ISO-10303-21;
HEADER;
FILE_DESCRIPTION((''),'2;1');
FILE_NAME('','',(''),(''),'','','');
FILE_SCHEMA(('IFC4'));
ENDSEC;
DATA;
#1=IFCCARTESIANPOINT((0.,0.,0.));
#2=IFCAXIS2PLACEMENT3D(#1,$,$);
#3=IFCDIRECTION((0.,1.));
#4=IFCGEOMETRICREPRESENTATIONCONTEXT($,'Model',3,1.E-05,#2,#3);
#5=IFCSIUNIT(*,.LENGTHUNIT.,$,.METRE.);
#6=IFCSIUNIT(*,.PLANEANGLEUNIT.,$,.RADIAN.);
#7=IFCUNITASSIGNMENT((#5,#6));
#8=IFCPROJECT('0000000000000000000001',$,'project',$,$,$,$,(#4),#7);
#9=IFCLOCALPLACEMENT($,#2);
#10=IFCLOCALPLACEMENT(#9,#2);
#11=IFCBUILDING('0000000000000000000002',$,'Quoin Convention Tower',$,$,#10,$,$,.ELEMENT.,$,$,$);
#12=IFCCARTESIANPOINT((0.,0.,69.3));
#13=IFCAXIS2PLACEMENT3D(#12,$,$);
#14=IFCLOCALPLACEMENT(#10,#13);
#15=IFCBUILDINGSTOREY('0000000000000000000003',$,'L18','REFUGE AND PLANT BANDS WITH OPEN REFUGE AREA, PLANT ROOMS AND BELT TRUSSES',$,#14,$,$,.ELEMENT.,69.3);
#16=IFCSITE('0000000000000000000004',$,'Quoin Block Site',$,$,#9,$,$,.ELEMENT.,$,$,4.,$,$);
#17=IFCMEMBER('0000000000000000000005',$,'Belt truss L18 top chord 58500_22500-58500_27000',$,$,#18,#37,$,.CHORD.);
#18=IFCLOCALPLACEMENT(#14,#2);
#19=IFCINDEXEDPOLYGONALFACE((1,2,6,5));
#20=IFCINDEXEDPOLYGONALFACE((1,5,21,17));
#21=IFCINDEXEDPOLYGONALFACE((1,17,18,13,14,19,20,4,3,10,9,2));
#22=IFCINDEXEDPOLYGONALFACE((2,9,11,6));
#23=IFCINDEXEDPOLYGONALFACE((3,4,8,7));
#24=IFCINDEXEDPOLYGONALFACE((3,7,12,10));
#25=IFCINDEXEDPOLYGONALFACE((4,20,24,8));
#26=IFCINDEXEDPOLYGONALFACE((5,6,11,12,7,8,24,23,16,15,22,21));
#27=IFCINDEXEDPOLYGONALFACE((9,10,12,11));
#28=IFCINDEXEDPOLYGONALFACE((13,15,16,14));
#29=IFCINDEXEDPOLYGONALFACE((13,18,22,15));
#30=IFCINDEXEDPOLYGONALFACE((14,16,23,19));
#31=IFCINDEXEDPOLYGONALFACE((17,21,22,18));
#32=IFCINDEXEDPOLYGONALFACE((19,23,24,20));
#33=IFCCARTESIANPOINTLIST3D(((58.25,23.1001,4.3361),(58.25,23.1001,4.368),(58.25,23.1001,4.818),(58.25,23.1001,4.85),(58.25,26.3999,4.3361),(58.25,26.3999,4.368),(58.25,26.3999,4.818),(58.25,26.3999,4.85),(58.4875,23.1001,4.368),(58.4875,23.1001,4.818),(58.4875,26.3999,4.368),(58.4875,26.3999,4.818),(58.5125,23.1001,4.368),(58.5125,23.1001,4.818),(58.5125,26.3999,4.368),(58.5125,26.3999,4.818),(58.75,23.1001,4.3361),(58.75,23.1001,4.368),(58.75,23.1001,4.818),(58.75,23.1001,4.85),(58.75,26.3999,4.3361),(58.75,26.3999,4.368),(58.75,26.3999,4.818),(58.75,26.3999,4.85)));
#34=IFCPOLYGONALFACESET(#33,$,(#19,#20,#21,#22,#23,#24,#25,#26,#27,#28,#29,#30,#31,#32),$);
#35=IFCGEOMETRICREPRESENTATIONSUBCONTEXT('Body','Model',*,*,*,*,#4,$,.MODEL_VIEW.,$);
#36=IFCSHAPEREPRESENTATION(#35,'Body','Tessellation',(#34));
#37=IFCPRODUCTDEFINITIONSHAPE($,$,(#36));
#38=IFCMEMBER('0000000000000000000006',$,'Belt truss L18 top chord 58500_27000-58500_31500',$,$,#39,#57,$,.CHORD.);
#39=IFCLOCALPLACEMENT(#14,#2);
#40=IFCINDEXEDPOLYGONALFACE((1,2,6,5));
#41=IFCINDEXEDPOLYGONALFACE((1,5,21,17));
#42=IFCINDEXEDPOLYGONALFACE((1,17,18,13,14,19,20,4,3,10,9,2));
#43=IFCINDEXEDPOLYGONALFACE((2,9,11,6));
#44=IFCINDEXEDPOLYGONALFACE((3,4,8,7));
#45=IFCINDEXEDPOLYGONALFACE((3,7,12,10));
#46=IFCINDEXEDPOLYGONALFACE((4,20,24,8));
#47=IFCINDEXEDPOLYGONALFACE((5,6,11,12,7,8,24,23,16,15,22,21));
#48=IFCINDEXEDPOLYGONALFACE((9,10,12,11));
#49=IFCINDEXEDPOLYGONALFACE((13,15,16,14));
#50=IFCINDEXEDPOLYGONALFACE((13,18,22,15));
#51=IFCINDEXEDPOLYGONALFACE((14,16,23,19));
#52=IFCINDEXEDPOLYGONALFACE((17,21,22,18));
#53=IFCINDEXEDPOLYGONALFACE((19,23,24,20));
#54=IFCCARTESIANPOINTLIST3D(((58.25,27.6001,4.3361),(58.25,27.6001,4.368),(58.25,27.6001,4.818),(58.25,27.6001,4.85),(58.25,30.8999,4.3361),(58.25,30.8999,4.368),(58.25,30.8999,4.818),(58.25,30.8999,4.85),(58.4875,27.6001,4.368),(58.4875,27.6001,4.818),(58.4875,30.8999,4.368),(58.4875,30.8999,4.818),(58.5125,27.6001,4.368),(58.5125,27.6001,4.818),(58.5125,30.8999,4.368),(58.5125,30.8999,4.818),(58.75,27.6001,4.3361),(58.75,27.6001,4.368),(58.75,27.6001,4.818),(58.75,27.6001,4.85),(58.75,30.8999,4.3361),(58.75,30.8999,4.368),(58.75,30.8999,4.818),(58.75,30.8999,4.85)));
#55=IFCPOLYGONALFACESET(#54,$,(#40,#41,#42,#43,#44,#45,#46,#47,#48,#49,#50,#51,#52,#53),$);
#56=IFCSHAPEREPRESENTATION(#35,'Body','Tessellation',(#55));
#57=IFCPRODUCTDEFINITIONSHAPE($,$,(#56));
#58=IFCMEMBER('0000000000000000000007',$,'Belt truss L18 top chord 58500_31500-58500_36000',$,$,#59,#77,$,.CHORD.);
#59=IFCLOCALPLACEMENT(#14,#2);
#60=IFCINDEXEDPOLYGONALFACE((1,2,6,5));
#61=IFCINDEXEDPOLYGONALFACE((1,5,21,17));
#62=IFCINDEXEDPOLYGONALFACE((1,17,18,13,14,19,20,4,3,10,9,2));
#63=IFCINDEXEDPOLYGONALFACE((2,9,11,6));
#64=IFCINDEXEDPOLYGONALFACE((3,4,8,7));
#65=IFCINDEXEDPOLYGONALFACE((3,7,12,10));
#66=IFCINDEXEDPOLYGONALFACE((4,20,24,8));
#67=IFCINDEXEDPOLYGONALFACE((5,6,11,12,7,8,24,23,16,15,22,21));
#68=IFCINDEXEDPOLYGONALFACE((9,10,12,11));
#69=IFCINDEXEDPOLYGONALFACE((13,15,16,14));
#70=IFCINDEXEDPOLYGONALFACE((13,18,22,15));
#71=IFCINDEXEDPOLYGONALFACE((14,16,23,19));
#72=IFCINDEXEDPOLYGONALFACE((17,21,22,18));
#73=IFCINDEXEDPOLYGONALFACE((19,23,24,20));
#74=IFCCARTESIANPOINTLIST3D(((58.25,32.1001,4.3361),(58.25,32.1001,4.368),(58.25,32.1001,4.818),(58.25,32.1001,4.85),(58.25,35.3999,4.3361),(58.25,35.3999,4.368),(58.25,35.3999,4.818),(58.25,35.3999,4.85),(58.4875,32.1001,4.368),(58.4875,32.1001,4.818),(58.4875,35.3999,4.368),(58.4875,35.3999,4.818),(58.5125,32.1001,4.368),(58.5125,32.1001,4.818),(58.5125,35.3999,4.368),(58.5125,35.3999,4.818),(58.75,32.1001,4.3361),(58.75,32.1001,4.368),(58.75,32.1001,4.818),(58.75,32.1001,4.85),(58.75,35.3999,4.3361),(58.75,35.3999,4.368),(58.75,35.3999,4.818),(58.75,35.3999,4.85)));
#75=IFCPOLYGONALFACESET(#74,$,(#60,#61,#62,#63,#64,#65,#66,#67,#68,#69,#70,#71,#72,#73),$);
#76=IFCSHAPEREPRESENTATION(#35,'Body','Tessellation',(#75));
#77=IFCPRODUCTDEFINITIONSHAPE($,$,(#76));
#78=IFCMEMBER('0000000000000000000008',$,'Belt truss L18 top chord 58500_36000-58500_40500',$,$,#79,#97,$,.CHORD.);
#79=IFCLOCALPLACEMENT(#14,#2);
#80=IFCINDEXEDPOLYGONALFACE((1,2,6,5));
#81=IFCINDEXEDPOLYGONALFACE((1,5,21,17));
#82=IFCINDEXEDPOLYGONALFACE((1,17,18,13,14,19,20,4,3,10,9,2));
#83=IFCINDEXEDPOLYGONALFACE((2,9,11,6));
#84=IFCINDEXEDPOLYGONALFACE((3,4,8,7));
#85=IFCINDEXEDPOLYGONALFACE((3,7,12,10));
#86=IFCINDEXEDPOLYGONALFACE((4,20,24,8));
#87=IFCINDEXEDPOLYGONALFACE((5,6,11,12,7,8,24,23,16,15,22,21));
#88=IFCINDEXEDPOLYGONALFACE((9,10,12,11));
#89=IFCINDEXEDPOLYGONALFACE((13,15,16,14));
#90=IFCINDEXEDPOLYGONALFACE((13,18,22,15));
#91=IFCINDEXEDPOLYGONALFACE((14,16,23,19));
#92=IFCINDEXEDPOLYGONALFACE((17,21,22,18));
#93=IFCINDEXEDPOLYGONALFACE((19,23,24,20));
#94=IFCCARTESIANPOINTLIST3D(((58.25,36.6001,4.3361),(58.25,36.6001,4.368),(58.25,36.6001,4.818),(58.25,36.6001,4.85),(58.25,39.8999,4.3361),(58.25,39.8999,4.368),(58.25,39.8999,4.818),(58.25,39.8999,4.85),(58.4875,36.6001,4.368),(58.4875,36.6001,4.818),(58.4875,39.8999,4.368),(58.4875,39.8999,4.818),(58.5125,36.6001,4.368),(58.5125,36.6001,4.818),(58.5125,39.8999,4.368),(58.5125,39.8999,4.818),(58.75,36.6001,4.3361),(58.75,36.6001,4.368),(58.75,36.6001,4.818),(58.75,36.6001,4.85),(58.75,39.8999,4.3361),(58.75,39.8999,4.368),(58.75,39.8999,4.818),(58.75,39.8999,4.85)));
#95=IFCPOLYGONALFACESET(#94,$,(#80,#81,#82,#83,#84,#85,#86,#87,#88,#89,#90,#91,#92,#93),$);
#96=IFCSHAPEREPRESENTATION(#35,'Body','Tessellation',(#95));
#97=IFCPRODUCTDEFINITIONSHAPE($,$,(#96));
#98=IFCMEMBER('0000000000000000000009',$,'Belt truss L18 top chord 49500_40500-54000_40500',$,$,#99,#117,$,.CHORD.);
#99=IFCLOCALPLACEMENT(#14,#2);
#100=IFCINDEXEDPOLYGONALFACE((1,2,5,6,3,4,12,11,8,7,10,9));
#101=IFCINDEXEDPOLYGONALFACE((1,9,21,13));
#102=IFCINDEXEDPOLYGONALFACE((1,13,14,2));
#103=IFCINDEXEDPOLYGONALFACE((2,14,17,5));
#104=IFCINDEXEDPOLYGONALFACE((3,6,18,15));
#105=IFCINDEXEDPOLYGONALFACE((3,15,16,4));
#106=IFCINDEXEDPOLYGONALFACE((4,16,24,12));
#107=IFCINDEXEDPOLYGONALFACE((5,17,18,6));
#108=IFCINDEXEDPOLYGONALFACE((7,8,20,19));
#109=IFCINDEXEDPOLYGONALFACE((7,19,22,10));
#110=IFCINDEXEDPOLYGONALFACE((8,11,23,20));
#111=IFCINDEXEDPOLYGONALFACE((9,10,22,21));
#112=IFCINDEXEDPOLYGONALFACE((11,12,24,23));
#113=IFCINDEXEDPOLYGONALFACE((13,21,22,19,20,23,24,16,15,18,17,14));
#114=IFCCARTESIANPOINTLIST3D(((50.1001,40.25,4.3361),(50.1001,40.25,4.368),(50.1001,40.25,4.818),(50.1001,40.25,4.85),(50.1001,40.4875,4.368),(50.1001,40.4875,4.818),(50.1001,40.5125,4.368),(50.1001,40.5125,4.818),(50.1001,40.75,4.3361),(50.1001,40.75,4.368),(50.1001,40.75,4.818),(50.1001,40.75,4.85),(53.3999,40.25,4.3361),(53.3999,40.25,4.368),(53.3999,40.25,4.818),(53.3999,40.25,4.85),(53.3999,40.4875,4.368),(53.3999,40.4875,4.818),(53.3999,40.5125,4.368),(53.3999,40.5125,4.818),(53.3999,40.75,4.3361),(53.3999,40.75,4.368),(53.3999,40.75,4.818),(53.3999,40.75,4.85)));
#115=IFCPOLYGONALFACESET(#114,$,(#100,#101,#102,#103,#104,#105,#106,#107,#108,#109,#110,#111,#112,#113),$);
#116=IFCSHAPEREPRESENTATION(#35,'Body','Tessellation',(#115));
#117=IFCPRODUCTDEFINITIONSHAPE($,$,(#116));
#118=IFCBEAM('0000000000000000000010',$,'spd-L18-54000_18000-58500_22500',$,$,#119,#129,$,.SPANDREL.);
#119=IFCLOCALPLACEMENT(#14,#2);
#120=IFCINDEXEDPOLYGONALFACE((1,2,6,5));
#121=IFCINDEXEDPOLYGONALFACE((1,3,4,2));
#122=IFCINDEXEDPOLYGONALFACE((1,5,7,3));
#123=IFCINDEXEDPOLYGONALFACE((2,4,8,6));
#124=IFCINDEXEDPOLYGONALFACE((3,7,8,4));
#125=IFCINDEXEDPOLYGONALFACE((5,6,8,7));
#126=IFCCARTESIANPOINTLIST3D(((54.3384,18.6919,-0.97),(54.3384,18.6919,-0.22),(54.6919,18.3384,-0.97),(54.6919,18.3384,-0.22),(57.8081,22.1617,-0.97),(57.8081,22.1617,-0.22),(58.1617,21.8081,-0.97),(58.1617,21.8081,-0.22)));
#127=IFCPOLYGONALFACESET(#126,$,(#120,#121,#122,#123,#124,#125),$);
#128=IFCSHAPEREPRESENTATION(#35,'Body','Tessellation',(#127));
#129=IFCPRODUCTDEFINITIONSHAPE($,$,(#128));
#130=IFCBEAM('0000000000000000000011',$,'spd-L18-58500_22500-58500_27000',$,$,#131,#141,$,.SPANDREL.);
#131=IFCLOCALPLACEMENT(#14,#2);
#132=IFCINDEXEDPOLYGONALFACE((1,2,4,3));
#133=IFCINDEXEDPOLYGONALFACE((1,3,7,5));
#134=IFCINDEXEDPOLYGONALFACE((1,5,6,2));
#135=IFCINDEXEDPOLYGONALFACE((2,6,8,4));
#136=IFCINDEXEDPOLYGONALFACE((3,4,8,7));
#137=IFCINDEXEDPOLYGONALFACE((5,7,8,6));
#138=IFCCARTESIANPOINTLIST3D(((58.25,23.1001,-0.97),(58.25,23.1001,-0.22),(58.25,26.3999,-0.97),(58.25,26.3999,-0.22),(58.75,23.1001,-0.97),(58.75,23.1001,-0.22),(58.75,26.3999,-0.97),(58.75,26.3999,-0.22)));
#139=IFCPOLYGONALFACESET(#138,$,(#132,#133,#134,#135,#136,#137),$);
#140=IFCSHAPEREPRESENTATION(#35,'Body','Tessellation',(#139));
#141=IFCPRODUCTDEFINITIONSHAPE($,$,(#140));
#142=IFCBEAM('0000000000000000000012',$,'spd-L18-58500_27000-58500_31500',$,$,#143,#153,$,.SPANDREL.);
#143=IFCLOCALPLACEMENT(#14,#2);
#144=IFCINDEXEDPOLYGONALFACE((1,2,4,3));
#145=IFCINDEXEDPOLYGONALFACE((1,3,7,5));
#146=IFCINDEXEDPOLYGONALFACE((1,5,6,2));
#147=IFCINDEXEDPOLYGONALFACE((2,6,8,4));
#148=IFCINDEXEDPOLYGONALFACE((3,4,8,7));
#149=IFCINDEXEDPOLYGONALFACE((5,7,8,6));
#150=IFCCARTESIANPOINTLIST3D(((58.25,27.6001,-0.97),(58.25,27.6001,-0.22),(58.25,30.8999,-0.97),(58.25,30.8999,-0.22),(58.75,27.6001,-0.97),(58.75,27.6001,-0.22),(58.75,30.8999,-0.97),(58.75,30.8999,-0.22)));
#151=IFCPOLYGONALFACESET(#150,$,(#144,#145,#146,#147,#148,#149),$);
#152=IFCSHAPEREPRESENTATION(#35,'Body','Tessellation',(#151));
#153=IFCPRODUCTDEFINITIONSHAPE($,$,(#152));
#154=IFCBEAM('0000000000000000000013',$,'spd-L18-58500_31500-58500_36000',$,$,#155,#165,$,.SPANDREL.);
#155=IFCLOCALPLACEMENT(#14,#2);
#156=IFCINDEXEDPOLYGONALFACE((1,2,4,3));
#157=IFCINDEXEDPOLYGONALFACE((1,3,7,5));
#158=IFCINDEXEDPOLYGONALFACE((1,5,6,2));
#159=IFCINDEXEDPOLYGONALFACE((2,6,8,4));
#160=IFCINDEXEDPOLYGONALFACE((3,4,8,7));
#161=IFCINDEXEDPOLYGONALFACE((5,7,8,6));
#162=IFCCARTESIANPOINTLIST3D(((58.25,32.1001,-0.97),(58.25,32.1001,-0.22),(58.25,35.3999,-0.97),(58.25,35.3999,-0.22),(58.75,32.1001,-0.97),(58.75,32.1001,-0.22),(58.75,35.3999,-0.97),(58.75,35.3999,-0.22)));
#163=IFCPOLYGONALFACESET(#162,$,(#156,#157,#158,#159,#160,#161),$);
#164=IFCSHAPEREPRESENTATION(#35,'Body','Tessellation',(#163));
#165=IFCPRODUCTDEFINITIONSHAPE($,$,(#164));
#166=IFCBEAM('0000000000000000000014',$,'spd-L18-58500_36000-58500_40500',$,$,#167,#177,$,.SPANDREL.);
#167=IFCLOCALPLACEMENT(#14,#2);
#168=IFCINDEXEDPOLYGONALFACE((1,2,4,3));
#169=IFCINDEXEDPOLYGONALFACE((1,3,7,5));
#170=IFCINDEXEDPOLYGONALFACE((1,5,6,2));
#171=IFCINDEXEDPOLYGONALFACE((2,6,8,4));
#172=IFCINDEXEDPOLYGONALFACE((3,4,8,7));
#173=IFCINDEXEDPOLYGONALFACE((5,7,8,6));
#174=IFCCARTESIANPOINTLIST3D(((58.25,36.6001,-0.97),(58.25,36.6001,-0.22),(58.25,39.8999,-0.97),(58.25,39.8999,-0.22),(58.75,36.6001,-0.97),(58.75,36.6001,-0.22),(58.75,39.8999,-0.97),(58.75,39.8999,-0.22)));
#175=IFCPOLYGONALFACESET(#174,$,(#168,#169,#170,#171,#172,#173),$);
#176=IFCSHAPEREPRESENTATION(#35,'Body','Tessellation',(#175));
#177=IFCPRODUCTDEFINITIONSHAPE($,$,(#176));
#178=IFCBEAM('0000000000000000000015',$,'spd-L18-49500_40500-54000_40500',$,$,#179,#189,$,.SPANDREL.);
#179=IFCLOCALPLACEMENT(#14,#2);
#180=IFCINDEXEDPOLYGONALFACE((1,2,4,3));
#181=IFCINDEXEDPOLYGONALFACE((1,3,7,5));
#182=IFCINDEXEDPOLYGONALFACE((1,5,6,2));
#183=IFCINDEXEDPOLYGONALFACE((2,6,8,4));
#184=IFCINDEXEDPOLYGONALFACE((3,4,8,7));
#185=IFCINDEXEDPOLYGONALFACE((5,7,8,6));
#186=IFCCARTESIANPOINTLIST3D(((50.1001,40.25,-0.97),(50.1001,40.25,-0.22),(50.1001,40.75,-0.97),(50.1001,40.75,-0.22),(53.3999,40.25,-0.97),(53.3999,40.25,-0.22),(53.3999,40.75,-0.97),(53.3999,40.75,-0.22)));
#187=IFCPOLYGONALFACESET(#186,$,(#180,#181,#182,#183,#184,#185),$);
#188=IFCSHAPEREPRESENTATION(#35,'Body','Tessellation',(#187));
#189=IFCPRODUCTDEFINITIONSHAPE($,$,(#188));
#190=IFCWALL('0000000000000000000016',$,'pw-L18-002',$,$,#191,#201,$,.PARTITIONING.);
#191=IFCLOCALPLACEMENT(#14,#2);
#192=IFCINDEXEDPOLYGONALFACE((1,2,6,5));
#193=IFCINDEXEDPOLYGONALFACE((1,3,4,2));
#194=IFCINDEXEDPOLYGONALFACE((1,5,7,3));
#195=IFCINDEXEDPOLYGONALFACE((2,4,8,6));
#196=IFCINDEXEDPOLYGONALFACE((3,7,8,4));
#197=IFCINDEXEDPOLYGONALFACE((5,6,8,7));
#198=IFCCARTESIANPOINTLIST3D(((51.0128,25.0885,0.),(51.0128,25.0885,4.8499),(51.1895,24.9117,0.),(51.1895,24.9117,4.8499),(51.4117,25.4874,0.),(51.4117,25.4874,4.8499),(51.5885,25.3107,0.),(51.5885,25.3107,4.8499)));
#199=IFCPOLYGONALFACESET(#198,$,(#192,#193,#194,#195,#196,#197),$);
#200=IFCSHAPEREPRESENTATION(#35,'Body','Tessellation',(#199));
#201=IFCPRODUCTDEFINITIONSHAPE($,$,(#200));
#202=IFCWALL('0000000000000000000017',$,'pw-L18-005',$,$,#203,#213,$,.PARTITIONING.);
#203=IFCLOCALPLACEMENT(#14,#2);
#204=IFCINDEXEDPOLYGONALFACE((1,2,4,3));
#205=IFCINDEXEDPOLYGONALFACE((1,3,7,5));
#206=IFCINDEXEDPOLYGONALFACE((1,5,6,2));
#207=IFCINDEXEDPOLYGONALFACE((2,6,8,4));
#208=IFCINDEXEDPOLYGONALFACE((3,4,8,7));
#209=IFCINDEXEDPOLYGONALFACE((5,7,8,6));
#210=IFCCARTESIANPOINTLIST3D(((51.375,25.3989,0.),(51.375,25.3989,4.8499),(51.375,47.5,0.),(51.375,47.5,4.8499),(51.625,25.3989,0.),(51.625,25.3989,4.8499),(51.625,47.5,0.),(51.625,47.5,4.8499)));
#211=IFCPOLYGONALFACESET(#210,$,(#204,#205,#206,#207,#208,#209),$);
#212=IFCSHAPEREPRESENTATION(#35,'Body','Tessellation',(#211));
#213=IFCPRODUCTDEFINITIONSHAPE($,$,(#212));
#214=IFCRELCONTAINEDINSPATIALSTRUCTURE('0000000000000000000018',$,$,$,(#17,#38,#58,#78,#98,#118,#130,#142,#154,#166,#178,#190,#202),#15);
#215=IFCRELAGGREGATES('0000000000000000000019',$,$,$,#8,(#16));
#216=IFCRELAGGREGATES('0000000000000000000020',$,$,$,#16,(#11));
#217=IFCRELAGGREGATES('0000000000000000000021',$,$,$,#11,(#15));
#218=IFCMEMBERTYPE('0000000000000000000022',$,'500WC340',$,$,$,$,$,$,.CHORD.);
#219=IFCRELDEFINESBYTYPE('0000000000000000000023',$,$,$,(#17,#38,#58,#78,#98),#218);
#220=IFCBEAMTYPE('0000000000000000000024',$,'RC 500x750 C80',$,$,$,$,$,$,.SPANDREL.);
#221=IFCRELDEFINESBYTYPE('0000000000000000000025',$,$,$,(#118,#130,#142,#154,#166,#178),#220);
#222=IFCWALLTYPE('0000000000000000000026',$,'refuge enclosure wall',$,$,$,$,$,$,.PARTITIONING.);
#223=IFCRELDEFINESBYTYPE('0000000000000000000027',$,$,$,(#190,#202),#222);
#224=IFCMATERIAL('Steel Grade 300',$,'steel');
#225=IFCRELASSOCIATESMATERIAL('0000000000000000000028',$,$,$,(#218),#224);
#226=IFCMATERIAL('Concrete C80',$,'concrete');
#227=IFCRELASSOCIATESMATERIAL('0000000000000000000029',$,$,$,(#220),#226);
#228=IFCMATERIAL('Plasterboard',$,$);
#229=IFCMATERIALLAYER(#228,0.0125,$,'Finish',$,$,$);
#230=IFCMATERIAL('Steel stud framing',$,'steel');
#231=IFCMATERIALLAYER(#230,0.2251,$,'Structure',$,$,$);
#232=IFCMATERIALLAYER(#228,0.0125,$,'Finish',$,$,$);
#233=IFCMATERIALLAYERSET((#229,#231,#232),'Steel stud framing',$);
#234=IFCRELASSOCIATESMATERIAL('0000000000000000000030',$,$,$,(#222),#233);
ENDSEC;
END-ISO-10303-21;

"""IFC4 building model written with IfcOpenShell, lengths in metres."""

from ifc_helpers import new_model, si_unit, direction, frame, frame_2d, origin, origin_2d, place, context, subcontext, project, spatial, rectangle, i_section, extrude, material, layer, layer_set, material_profile, profile_set, type_object, element, save


model = new_model("IFC4")

# Units and contexts
model_context = context("Model", 3, precision=1e-05, world=origin(), true_north=direction((0.0, 1.0)))
body_context = subcontext(model_context, "Body", "Model", "MODEL_VIEW")
ifc_project = project(units=[si_unit("LENGTHUNIT", "METRE"), si_unit("PLANEANGLEUNIT", "RADIAN")], contexts=[model_context])

# Site, building, storey
site_placement = place(None, origin())
site = spatial("IfcSite", under=ifc_project, at=site_placement, Name="Quoin Block Site", CompositionType="ELEMENT", RefElevation=4.0)
building_placement = place(site_placement, origin())
building = spatial("IfcBuilding", under=site, at=building_placement, Name="Quoin Convention Tower", CompositionType="ELEMENT")
storey_placement = place(building_placement, frame((0.0, 0.0, 69.3)))
storey = spatial("IfcBuildingStorey", under=building, at=storey_placement, Name="L18", Description="REFUGE AND PLANT BANDS WITH OPEN REFUGE AREA, PLANT ROOMS AND BELT TRUSSES", CompositionType="ELEMENT", Elevation=69.3)

# Shared definitions
ifc_material_1 = material(Name="Concrete C80", Category="concrete")

# Members
ifc_material_2 = material(Name="Steel Grade 300", Category="steel")
ifc_material_profile_1 = material_profile(ifc_material_2, i_section(OverallWidth=0.5, OverallDepth=0.5139, WebThickness=0.0249, FlangeThickness=0.032, at=origin_2d()), Name="500WC340")
ifc_profile_set_1 = profile_set([ifc_material_profile_1], Name="Steel Grade 300")
member_type_1 = type_object("IfcMemberType", Name="500WC340", PredefinedType="CHORD", material=ifc_profile_set_1)
for number, where, z_axis, x_axis, name in (
    (1, (58.5, 23.1001, 4.593), (0.0, 1.0, 0.0), (-1.0, 0.0, 0.0), "Belt truss L18 top chord 58500_22500-58500_27000"),
    (2, (58.5, 27.6001, 4.593), (0.0, 1.0, 0.0), (-1.0, 0.0, 0.0), "Belt truss L18 top chord 58500_27000-58500_31500"),
    (3, (58.5, 32.1001, 4.593), (0.0, 1.0, 0.0), (-1.0, 0.0, 0.0), "Belt truss L18 top chord 58500_31500-58500_36000"),
    (4, (58.5, 36.6001, 4.593), (0.0, 1.0, 0.0), (-1.0, 0.0, 0.0), "Belt truss L18 top chord 58500_36000-58500_40500"),
    (5, (50.1001, 40.5, 4.593), (1.0, 0.0, 0.0), (0.0, 1.0, 0.0), "Belt truss L18 top chord 49500_40500-54000_40500"),
):
    element("IfcMember", number, at=place(storey_placement, frame(where, z_axis=z_axis, x_axis=x_axis)), inside=storey, type_object=member_type_1, Name=name, PredefinedType="CHORD", context=body_context, shape_type="SweptSolid", body=[
        extrude(i_section(OverallWidth=0.5, OverallDepth=0.5139, WebThickness=0.0249, FlangeThickness=0.032, at=origin_2d()), origin(), (0.0, 0.0, 1.0), 3.2998),
    ])

# Beams
ifc_material_profile_2 = material_profile(ifc_material_1, rectangle(XDim=0.5, YDim=0.75, at=origin_2d()), Name="RC 500x750")
ifc_profile_set_2 = profile_set([ifc_material_profile_2], Name="Concrete C80")
beam_type = type_object("IfcBeamType", Name="RC 500x750 C80", PredefinedType="SPANDREL", material=ifc_profile_set_2)
beam_placement = place(storey_placement, frame((54.5151, 18.5151, -0.595), z_axis=(0.707107, 0.707107, 0.0), x_axis=(-0.707107, 0.707107, 0.0)))
element("IfcBeam", 6, at=beam_placement, inside=storey, type_object=beam_type, Name="spd-L18-54000_18000-58500_22500", PredefinedType="SPANDREL", context=body_context, shape_type="SweptSolid", body=[
    extrude(rectangle(XDim=0.5, YDim=0.75, at=origin_2d()), origin(), (0.0, 0.0, 1.0), 4.907),
])
for number, where, z_axis, x_axis, name in (
    (7, (58.5, 23.1001, -0.595), (0.0, 1.0, 0.0), (-1.0, 0.0, 0.0), "spd-L18-58500_22500-58500_27000"),
    (8, (58.5, 27.6001, -0.595), (0.0, 1.0, 0.0), (-1.0, 0.0, 0.0), "spd-L18-58500_27000-58500_31500"),
    (9, (58.5, 32.1001, -0.595), (0.0, 1.0, 0.0), (-1.0, 0.0, 0.0), "spd-L18-58500_31500-58500_36000"),
    (10, (58.5, 36.6001, -0.595), (0.0, 1.0, 0.0), (-1.0, 0.0, 0.0), "spd-L18-58500_36000-58500_40500"),
    (11, (50.1001, 40.5, -0.595), (1.0, 0.0, 0.0), (0.0, 1.0, 0.0), "spd-L18-49500_40500-54000_40500"),
):
    element("IfcBeam", number, at=place(storey_placement, frame(where, z_axis=z_axis, x_axis=x_axis)), inside=storey, type_object=beam_type, Name=name, PredefinedType="SPANDREL", context=body_context, shape_type="SweptSolid", body=[
        extrude(rectangle(XDim=0.5, YDim=0.75, at=origin_2d()), origin(), (0.0, 0.0, 1.0), 3.2998),
    ])

# Walls
ifc_material_3 = material(Name="Plasterboard")
ifc_layer_1 = layer(ifc_material_3, 0.0125, Name="Finish")
ifc_material_4 = material(Name="Steel stud framing", Category="steel")
ifc_layer_2 = layer(ifc_material_4, 0.2251, Name="Structure")
ifc_layer_3 = layer(ifc_material_3, 0.0125, Name="Finish")
ifc_layer_set = layer_set([ifc_layer_1, ifc_layer_2, ifc_layer_3], Name="Steel stud framing")
wall_type = type_object("IfcWallType", Name="refuge enclosure wall", PredefinedType="PARTITIONING", material=ifc_layer_set)
wall_1_placement = place(storey_placement, frame((51.1011, 25.0, 0.0), z_axis=(0.0, 0.0, 1.0), x_axis=(0.707107, 0.707107, 0.0)))
element("IfcWall", 12, at=wall_1_placement, inside=storey, type_object=wall_type, Name="pw-L18-002", PredefinedType="PARTITIONING", context=body_context, shape_type="SweptSolid", body=[
    extrude(rectangle(XDim=0.5642, YDim=0.25, at=frame_2d((0.2822, 0.0))), origin(), (0.0, 0.0, 1.0), 4.8499),
])
wall_2_placement = place(storey_placement, frame((51.5, 25.3989, 0.0), z_axis=(0.0, 0.0, 1.0), x_axis=(0.0, 1.0, 0.0)))
element("IfcWall", 13, at=wall_2_placement, inside=storey, type_object=wall_type, Name="pw-L18-005", PredefinedType="PARTITIONING", context=body_context, shape_type="SweptSolid", body=[
    extrude(rectangle(XDim=22.1011, YDim=0.25, at=frame_2d((11.0505, 0.0))), origin(), (0.0, 0.0, 1.0), 4.8499),
])

save(model, "model.ifc")
